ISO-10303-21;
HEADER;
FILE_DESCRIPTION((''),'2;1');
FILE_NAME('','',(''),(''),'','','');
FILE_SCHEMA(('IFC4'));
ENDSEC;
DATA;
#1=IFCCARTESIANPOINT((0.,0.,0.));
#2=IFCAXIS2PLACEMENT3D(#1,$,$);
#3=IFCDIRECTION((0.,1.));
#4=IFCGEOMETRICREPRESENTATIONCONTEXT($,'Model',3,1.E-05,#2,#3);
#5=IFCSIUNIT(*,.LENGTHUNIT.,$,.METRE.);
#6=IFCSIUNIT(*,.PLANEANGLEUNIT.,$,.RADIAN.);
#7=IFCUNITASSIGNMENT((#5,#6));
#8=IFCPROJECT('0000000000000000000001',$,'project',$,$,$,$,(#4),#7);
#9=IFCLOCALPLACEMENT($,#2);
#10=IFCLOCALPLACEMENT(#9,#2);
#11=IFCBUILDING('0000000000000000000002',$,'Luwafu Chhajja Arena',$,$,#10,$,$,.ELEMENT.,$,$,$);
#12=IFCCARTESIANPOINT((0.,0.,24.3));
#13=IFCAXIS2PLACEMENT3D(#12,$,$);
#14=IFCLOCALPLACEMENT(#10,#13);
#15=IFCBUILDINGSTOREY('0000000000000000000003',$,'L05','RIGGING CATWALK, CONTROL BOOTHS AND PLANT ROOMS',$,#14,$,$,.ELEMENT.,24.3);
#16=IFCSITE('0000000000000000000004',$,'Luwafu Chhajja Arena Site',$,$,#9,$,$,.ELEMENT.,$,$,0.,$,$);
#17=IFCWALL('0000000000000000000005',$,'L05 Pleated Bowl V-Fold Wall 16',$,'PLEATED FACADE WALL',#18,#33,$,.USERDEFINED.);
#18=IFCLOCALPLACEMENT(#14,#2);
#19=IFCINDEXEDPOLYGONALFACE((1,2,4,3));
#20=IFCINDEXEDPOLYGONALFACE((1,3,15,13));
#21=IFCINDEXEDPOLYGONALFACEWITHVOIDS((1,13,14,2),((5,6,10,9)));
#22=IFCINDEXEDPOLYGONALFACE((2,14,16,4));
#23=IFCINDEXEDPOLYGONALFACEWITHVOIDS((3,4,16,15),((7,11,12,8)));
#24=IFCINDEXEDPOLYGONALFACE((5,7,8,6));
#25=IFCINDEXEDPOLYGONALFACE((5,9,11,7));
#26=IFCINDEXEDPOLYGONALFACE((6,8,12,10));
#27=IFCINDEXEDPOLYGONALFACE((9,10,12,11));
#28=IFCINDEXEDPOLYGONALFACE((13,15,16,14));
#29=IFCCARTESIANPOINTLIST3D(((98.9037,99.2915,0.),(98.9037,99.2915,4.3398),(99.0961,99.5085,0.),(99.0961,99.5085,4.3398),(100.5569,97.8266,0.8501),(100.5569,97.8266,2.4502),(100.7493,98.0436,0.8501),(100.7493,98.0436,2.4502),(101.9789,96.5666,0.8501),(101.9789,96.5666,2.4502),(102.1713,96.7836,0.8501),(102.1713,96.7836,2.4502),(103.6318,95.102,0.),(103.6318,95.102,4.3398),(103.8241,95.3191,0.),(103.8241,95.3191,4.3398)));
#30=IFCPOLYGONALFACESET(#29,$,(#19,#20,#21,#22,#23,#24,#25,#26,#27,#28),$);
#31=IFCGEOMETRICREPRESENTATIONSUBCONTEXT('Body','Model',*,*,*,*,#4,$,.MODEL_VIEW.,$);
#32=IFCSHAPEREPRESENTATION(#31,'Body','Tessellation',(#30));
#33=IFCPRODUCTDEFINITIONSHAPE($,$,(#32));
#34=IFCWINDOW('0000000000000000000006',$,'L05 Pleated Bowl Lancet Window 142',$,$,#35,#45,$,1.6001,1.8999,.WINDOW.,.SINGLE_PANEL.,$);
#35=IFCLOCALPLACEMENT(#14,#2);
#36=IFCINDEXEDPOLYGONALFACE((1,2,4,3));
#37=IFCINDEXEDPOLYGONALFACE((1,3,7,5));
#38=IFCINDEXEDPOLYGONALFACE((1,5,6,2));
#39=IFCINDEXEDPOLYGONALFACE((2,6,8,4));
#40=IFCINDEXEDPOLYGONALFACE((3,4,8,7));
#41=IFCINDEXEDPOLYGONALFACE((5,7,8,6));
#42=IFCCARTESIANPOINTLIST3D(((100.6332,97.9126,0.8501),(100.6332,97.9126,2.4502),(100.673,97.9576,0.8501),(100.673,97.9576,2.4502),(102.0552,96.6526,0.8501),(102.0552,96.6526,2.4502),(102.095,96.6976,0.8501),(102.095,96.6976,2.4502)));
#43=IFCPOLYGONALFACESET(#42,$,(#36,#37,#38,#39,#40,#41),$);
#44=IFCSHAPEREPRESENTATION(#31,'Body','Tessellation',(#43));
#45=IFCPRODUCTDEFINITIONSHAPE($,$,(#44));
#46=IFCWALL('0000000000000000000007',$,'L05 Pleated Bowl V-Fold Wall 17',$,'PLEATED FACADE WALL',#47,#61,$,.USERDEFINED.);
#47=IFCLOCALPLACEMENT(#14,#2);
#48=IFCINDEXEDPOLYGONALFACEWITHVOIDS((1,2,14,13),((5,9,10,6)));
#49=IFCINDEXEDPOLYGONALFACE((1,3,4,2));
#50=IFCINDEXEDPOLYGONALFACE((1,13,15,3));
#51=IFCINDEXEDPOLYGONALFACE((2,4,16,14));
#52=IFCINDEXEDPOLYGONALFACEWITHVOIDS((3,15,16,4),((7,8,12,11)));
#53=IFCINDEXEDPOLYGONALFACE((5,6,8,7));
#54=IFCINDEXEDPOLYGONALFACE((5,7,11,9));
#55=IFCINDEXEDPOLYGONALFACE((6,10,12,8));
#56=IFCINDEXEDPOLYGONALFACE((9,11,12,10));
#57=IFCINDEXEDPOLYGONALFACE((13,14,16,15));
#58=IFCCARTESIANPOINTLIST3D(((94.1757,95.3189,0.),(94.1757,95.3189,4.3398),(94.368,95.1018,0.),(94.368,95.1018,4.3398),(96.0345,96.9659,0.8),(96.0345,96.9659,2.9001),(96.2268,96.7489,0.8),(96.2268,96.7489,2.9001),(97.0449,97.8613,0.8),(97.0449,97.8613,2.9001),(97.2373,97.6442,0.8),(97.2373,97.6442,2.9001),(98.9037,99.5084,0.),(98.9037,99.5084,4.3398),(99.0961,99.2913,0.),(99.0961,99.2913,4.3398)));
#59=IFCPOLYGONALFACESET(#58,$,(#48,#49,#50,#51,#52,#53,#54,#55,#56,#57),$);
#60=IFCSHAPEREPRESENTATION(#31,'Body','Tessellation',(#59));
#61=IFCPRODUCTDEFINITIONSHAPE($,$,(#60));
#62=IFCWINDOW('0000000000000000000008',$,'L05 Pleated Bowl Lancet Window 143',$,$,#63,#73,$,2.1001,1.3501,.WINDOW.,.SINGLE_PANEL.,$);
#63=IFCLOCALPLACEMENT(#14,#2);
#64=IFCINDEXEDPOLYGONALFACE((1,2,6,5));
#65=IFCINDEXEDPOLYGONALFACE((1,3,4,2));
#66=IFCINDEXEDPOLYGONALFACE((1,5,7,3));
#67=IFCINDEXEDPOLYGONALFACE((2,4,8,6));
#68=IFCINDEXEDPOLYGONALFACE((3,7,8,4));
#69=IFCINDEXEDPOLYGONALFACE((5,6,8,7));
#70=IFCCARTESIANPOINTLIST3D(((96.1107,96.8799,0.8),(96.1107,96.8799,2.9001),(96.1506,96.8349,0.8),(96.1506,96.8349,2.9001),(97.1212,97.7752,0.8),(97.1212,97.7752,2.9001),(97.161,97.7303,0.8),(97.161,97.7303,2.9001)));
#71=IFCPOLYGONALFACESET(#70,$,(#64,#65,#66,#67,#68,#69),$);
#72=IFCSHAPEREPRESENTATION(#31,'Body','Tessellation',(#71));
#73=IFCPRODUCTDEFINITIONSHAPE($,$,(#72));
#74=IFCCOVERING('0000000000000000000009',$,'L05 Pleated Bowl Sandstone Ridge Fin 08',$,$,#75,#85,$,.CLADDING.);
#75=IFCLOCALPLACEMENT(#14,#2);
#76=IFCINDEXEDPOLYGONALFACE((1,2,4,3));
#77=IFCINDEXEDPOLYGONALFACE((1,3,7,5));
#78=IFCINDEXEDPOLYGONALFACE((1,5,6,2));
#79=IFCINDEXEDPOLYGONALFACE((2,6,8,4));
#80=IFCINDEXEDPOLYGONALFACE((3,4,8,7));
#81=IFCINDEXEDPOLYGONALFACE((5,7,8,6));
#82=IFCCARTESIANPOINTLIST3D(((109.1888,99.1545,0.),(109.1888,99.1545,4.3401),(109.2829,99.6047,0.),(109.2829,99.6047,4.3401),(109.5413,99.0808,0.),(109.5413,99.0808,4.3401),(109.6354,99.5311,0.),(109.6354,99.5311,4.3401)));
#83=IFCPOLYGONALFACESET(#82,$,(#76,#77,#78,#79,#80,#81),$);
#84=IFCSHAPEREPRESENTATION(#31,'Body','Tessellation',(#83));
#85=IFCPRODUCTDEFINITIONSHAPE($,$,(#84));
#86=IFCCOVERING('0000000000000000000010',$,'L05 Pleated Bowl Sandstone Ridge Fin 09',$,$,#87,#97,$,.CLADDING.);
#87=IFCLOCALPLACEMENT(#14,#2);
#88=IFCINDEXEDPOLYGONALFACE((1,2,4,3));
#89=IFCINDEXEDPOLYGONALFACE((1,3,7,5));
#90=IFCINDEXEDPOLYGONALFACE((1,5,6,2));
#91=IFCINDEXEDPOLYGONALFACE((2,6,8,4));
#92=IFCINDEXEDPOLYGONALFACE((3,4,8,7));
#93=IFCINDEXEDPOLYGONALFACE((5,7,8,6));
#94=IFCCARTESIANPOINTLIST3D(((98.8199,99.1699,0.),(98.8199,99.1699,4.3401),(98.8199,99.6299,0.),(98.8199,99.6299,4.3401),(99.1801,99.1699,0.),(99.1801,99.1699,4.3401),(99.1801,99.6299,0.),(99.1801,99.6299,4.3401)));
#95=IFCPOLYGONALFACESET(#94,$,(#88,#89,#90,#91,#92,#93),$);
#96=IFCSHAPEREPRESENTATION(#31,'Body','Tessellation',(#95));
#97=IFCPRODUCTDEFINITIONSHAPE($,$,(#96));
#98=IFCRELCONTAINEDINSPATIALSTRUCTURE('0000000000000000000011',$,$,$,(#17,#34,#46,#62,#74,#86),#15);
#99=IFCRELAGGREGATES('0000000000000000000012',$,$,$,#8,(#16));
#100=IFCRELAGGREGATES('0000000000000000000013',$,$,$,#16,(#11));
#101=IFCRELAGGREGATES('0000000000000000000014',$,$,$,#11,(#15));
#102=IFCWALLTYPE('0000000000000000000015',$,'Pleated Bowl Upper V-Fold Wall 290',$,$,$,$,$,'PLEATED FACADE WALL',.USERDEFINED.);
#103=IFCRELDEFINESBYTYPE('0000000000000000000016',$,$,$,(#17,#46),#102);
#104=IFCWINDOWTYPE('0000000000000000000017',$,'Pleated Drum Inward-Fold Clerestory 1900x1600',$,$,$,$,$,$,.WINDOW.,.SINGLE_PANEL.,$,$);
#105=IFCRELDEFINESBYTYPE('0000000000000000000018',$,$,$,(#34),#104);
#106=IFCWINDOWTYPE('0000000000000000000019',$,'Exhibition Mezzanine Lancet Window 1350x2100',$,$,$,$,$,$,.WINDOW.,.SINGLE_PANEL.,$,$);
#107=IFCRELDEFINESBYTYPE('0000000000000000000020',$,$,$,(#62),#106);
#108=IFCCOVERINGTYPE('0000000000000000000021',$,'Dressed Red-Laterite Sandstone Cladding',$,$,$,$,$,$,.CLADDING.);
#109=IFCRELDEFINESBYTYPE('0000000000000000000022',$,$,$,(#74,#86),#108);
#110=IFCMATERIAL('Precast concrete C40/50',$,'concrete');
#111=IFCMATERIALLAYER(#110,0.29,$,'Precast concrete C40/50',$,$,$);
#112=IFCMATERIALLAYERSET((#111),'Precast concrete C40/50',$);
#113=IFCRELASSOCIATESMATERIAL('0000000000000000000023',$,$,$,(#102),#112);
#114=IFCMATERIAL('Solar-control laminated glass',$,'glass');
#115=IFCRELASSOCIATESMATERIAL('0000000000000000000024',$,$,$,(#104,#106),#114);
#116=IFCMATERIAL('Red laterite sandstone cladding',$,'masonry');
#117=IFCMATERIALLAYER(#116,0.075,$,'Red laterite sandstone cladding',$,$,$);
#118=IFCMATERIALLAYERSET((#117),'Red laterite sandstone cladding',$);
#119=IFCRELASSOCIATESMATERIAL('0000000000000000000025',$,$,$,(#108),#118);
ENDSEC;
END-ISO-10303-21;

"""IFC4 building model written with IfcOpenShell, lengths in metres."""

from ifc_helpers import new_model, si_unit, direction, frame, frame_2d, origin, origin_2d, place, context, subcontext, project, spatial, rectangle, extrude, material, layer, layer_set, type_object, element, fill, save


model = new_model("IFC4")

# Units and contexts
model_context = context("Model", 3, precision=1e-05, world=origin(), true_north=direction((0.0, 1.0)))
body_context = subcontext(model_context, "Body", "Model", "MODEL_VIEW")
ifc_project = project(units=[si_unit("LENGTHUNIT", "METRE"), si_unit("PLANEANGLEUNIT", "RADIAN")], contexts=[model_context])

# Site, building, storey
site_placement = place(None, origin())
site = spatial("IfcSite", under=ifc_project, at=site_placement, Name="Luwafu Chhajja Arena Site", CompositionType="ELEMENT", RefElevation=0.0)
building_placement = place(site_placement, origin())
building = spatial("IfcBuilding", under=site, at=building_placement, Name="Luwafu Chhajja Arena", CompositionType="ELEMENT")
storey_placement = place(building_placement, frame((0.0, 0.0, 24.3)))
storey = spatial("IfcBuildingStorey", under=building, at=storey_placement, Name="L05", Description="RIGGING CATWALK, CONTROL BOOTHS AND PLANT ROOMS", CompositionType="ELEMENT", Elevation=24.3)

# Shared definitions
ifc_material_1 = material(Name="Solar-control laminated glass", Category="glass")

# Walls, openings, windows
ifc_material_2 = material(Name="Precast concrete C40/50", Category="concrete")
ifc_layer_1 = layer(ifc_material_2, 0.29, Name="Precast concrete C40/50")
ifc_layer_set_1 = layer_set([ifc_layer_1], Name="Precast concrete C40/50")
wall_type_1 = type_object("IfcWallType", Name="Pleated Bowl Upper V-Fold Wall 290", ElementType="PLEATED FACADE WALL", PredefinedType="USERDEFINED", material=ifc_layer_set_1)
window_type_1 = type_object("IfcWindowType", Name="Pleated Drum Inward-Fold Clerestory 1900x1600", PartitioningType="SINGLE_PANEL", PredefinedType="WINDOW", material=ifc_material_1)
window_type_2 = type_object("IfcWindowType", Name="Exhibition Mezzanine Lancet Window 1350x2100", PartitioningType="SINGLE_PANEL", PredefinedType="WINDOW", material=ifc_material_1)
wall_1_placement = place(storey_placement, frame((103.728, 95.2104, 0.0), z_axis=(0.0, 0.0, 1.0), x_axis=(-0.748449, 0.663192, 0.0)))
wall_1 = element("IfcWall", 1, at=wall_1_placement, inside=storey, type_object=wall_type_1, Name="L05 Pleated Bowl V-Fold Wall 16", ObjectType="PLEATED FACADE WALL", PredefinedType="USERDEFINED", context=body_context, shape_type="SweptSolid", body=[
    extrude(rectangle(XDim=6.3171, YDim=0.29, at=frame_2d((3.1587, 0.0))), origin(), (0.0, 0.0, 1.0), 4.3398),
])
opening_1_placement = place(wall_1_placement, frame((2.2085, 0.0, 0.8501)))
opening_1 = element("IfcOpeningElement", 2, at=opening_1_placement, cuts=wall_1, PredefinedType="OPENING", context=body_context, shape_type="SweptSolid", body=[
    extrude(rectangle(XDim=1.8999, YDim=1.6001, at=frame_2d((0.95, 0.8))), frame((0.0, 0.155, 0.0), z_axis=(0.0, -1.0, 0.0), x_axis=(1.0, 0.0, 0.0)), (0.0, 0.0, 1.0), 0.3101),
])
window_1_placement = place(opening_1_placement, origin())
window_1 = element("IfcWindow", 3, at=window_1_placement, inside=storey, type_object=window_type_1, Name="L05 Pleated Bowl Lancet Window 142", OverallHeight=1.6001, OverallWidth=1.8999, PartitioningType="SINGLE_PANEL", PredefinedType="WINDOW", context=body_context, shape_type="SweptSolid", body=[
    extrude(rectangle(XDim=1.8999, YDim=1.6001, at=frame_2d((0.95, 0.8))), frame((0.0, 0.03, 0.0), z_axis=(0.0, -1.0, 0.0), x_axis=(1.0, 0.0, 0.0)), (0.0, 0.0, 1.0), 0.0601),
])
fill(opening_1, window_1)
wall_2_placement = place(storey_placement, frame((99.0, 99.3999, 0.0), z_axis=(0.0, 0.0, 1.0), x_axis=(-0.748449, -0.663192, 0.0)))
wall_2 = element("IfcWall", 4, at=wall_2_placement, inside=storey, type_object=wall_type_1, Name="L05 Pleated Bowl V-Fold Wall 17", ObjectType="PLEATED FACADE WALL", PredefinedType="USERDEFINED", context=body_context, shape_type="SweptSolid", body=[
    extrude(rectangle(XDim=6.3171, YDim=0.29, at=frame_2d((3.1587, 0.0))), origin(), (0.0, 0.0, 1.0), 4.3398),
])
opening_2_placement = place(wall_2_placement, frame((2.4836, 0.0, 0.8)))
opening_2 = element("IfcOpeningElement", 5, at=opening_2_placement, cuts=wall_2, PredefinedType="OPENING", context=body_context, shape_type="SweptSolid", body=[
    extrude(rectangle(XDim=1.3501, YDim=2.1001, at=frame_2d((0.675, 1.05))), frame((0.0, 0.155, 0.0), z_axis=(0.0, -1.0, 0.0), x_axis=(1.0, 0.0, 0.0)), (0.0, 0.0, 1.0), 0.3101),
])
window_2_placement = place(opening_2_placement, origin())
window_2 = element("IfcWindow", 6, at=window_2_placement, inside=storey, type_object=window_type_2, Name="L05 Pleated Bowl Lancet Window 143", OverallHeight=2.1001, OverallWidth=1.3501, PartitioningType="SINGLE_PANEL", PredefinedType="WINDOW", context=body_context, shape_type="SweptSolid", body=[
    extrude(rectangle(XDim=1.3501, YDim=2.1001, at=frame_2d((0.675, 1.05))), frame((0.0, 0.03, 0.0), z_axis=(0.0, -1.0, 0.0), x_axis=(1.0, 0.0, 0.0)), (0.0, 0.0, 1.0), 0.0601),
])
fill(opening_2, window_2)

# Coverings
ifc_material_3 = material(Name="Red laterite sandstone cladding", Category="masonry")
ifc_layer_2 = layer(ifc_material_3, 0.075, Name="Red laterite sandstone cladding")
ifc_layer_set_2 = layer_set([ifc_layer_2], Name="Red laterite sandstone cladding")
covering_type = type_object("IfcCoveringType", Name="Dressed Red-Laterite Sandstone Cladding", PredefinedType="CLADDING", material=ifc_layer_set_2)
for number, where, z_axis, x_axis, name in (
    (7, (109.4121, 99.3428, 0.0), (0.0, 0.0, 1.0), (0.204485, 0.97887, 0.0), "L05 Pleated Bowl Sandstone Ridge Fin 08"),
    (8, (99.0, 99.3999, 0.0), (0.0, 0.0, 1.0), (0.0, 1.0, 0.0), "L05 Pleated Bowl Sandstone Ridge Fin 09"),
):
    element("IfcCovering", number, at=place(storey_placement, frame(where, z_axis=z_axis, x_axis=x_axis)), inside=storey, type_object=covering_type, Name=name, PredefinedType="CLADDING", context=body_context, shape_type="SweptSolid", body=[
        extrude(rectangle(XDim=0.46, YDim=0.3601, at=origin_2d()), origin(), (0.0, 0.0, 1.0), 4.3401),
    ])

save(model, "model.ifc")
